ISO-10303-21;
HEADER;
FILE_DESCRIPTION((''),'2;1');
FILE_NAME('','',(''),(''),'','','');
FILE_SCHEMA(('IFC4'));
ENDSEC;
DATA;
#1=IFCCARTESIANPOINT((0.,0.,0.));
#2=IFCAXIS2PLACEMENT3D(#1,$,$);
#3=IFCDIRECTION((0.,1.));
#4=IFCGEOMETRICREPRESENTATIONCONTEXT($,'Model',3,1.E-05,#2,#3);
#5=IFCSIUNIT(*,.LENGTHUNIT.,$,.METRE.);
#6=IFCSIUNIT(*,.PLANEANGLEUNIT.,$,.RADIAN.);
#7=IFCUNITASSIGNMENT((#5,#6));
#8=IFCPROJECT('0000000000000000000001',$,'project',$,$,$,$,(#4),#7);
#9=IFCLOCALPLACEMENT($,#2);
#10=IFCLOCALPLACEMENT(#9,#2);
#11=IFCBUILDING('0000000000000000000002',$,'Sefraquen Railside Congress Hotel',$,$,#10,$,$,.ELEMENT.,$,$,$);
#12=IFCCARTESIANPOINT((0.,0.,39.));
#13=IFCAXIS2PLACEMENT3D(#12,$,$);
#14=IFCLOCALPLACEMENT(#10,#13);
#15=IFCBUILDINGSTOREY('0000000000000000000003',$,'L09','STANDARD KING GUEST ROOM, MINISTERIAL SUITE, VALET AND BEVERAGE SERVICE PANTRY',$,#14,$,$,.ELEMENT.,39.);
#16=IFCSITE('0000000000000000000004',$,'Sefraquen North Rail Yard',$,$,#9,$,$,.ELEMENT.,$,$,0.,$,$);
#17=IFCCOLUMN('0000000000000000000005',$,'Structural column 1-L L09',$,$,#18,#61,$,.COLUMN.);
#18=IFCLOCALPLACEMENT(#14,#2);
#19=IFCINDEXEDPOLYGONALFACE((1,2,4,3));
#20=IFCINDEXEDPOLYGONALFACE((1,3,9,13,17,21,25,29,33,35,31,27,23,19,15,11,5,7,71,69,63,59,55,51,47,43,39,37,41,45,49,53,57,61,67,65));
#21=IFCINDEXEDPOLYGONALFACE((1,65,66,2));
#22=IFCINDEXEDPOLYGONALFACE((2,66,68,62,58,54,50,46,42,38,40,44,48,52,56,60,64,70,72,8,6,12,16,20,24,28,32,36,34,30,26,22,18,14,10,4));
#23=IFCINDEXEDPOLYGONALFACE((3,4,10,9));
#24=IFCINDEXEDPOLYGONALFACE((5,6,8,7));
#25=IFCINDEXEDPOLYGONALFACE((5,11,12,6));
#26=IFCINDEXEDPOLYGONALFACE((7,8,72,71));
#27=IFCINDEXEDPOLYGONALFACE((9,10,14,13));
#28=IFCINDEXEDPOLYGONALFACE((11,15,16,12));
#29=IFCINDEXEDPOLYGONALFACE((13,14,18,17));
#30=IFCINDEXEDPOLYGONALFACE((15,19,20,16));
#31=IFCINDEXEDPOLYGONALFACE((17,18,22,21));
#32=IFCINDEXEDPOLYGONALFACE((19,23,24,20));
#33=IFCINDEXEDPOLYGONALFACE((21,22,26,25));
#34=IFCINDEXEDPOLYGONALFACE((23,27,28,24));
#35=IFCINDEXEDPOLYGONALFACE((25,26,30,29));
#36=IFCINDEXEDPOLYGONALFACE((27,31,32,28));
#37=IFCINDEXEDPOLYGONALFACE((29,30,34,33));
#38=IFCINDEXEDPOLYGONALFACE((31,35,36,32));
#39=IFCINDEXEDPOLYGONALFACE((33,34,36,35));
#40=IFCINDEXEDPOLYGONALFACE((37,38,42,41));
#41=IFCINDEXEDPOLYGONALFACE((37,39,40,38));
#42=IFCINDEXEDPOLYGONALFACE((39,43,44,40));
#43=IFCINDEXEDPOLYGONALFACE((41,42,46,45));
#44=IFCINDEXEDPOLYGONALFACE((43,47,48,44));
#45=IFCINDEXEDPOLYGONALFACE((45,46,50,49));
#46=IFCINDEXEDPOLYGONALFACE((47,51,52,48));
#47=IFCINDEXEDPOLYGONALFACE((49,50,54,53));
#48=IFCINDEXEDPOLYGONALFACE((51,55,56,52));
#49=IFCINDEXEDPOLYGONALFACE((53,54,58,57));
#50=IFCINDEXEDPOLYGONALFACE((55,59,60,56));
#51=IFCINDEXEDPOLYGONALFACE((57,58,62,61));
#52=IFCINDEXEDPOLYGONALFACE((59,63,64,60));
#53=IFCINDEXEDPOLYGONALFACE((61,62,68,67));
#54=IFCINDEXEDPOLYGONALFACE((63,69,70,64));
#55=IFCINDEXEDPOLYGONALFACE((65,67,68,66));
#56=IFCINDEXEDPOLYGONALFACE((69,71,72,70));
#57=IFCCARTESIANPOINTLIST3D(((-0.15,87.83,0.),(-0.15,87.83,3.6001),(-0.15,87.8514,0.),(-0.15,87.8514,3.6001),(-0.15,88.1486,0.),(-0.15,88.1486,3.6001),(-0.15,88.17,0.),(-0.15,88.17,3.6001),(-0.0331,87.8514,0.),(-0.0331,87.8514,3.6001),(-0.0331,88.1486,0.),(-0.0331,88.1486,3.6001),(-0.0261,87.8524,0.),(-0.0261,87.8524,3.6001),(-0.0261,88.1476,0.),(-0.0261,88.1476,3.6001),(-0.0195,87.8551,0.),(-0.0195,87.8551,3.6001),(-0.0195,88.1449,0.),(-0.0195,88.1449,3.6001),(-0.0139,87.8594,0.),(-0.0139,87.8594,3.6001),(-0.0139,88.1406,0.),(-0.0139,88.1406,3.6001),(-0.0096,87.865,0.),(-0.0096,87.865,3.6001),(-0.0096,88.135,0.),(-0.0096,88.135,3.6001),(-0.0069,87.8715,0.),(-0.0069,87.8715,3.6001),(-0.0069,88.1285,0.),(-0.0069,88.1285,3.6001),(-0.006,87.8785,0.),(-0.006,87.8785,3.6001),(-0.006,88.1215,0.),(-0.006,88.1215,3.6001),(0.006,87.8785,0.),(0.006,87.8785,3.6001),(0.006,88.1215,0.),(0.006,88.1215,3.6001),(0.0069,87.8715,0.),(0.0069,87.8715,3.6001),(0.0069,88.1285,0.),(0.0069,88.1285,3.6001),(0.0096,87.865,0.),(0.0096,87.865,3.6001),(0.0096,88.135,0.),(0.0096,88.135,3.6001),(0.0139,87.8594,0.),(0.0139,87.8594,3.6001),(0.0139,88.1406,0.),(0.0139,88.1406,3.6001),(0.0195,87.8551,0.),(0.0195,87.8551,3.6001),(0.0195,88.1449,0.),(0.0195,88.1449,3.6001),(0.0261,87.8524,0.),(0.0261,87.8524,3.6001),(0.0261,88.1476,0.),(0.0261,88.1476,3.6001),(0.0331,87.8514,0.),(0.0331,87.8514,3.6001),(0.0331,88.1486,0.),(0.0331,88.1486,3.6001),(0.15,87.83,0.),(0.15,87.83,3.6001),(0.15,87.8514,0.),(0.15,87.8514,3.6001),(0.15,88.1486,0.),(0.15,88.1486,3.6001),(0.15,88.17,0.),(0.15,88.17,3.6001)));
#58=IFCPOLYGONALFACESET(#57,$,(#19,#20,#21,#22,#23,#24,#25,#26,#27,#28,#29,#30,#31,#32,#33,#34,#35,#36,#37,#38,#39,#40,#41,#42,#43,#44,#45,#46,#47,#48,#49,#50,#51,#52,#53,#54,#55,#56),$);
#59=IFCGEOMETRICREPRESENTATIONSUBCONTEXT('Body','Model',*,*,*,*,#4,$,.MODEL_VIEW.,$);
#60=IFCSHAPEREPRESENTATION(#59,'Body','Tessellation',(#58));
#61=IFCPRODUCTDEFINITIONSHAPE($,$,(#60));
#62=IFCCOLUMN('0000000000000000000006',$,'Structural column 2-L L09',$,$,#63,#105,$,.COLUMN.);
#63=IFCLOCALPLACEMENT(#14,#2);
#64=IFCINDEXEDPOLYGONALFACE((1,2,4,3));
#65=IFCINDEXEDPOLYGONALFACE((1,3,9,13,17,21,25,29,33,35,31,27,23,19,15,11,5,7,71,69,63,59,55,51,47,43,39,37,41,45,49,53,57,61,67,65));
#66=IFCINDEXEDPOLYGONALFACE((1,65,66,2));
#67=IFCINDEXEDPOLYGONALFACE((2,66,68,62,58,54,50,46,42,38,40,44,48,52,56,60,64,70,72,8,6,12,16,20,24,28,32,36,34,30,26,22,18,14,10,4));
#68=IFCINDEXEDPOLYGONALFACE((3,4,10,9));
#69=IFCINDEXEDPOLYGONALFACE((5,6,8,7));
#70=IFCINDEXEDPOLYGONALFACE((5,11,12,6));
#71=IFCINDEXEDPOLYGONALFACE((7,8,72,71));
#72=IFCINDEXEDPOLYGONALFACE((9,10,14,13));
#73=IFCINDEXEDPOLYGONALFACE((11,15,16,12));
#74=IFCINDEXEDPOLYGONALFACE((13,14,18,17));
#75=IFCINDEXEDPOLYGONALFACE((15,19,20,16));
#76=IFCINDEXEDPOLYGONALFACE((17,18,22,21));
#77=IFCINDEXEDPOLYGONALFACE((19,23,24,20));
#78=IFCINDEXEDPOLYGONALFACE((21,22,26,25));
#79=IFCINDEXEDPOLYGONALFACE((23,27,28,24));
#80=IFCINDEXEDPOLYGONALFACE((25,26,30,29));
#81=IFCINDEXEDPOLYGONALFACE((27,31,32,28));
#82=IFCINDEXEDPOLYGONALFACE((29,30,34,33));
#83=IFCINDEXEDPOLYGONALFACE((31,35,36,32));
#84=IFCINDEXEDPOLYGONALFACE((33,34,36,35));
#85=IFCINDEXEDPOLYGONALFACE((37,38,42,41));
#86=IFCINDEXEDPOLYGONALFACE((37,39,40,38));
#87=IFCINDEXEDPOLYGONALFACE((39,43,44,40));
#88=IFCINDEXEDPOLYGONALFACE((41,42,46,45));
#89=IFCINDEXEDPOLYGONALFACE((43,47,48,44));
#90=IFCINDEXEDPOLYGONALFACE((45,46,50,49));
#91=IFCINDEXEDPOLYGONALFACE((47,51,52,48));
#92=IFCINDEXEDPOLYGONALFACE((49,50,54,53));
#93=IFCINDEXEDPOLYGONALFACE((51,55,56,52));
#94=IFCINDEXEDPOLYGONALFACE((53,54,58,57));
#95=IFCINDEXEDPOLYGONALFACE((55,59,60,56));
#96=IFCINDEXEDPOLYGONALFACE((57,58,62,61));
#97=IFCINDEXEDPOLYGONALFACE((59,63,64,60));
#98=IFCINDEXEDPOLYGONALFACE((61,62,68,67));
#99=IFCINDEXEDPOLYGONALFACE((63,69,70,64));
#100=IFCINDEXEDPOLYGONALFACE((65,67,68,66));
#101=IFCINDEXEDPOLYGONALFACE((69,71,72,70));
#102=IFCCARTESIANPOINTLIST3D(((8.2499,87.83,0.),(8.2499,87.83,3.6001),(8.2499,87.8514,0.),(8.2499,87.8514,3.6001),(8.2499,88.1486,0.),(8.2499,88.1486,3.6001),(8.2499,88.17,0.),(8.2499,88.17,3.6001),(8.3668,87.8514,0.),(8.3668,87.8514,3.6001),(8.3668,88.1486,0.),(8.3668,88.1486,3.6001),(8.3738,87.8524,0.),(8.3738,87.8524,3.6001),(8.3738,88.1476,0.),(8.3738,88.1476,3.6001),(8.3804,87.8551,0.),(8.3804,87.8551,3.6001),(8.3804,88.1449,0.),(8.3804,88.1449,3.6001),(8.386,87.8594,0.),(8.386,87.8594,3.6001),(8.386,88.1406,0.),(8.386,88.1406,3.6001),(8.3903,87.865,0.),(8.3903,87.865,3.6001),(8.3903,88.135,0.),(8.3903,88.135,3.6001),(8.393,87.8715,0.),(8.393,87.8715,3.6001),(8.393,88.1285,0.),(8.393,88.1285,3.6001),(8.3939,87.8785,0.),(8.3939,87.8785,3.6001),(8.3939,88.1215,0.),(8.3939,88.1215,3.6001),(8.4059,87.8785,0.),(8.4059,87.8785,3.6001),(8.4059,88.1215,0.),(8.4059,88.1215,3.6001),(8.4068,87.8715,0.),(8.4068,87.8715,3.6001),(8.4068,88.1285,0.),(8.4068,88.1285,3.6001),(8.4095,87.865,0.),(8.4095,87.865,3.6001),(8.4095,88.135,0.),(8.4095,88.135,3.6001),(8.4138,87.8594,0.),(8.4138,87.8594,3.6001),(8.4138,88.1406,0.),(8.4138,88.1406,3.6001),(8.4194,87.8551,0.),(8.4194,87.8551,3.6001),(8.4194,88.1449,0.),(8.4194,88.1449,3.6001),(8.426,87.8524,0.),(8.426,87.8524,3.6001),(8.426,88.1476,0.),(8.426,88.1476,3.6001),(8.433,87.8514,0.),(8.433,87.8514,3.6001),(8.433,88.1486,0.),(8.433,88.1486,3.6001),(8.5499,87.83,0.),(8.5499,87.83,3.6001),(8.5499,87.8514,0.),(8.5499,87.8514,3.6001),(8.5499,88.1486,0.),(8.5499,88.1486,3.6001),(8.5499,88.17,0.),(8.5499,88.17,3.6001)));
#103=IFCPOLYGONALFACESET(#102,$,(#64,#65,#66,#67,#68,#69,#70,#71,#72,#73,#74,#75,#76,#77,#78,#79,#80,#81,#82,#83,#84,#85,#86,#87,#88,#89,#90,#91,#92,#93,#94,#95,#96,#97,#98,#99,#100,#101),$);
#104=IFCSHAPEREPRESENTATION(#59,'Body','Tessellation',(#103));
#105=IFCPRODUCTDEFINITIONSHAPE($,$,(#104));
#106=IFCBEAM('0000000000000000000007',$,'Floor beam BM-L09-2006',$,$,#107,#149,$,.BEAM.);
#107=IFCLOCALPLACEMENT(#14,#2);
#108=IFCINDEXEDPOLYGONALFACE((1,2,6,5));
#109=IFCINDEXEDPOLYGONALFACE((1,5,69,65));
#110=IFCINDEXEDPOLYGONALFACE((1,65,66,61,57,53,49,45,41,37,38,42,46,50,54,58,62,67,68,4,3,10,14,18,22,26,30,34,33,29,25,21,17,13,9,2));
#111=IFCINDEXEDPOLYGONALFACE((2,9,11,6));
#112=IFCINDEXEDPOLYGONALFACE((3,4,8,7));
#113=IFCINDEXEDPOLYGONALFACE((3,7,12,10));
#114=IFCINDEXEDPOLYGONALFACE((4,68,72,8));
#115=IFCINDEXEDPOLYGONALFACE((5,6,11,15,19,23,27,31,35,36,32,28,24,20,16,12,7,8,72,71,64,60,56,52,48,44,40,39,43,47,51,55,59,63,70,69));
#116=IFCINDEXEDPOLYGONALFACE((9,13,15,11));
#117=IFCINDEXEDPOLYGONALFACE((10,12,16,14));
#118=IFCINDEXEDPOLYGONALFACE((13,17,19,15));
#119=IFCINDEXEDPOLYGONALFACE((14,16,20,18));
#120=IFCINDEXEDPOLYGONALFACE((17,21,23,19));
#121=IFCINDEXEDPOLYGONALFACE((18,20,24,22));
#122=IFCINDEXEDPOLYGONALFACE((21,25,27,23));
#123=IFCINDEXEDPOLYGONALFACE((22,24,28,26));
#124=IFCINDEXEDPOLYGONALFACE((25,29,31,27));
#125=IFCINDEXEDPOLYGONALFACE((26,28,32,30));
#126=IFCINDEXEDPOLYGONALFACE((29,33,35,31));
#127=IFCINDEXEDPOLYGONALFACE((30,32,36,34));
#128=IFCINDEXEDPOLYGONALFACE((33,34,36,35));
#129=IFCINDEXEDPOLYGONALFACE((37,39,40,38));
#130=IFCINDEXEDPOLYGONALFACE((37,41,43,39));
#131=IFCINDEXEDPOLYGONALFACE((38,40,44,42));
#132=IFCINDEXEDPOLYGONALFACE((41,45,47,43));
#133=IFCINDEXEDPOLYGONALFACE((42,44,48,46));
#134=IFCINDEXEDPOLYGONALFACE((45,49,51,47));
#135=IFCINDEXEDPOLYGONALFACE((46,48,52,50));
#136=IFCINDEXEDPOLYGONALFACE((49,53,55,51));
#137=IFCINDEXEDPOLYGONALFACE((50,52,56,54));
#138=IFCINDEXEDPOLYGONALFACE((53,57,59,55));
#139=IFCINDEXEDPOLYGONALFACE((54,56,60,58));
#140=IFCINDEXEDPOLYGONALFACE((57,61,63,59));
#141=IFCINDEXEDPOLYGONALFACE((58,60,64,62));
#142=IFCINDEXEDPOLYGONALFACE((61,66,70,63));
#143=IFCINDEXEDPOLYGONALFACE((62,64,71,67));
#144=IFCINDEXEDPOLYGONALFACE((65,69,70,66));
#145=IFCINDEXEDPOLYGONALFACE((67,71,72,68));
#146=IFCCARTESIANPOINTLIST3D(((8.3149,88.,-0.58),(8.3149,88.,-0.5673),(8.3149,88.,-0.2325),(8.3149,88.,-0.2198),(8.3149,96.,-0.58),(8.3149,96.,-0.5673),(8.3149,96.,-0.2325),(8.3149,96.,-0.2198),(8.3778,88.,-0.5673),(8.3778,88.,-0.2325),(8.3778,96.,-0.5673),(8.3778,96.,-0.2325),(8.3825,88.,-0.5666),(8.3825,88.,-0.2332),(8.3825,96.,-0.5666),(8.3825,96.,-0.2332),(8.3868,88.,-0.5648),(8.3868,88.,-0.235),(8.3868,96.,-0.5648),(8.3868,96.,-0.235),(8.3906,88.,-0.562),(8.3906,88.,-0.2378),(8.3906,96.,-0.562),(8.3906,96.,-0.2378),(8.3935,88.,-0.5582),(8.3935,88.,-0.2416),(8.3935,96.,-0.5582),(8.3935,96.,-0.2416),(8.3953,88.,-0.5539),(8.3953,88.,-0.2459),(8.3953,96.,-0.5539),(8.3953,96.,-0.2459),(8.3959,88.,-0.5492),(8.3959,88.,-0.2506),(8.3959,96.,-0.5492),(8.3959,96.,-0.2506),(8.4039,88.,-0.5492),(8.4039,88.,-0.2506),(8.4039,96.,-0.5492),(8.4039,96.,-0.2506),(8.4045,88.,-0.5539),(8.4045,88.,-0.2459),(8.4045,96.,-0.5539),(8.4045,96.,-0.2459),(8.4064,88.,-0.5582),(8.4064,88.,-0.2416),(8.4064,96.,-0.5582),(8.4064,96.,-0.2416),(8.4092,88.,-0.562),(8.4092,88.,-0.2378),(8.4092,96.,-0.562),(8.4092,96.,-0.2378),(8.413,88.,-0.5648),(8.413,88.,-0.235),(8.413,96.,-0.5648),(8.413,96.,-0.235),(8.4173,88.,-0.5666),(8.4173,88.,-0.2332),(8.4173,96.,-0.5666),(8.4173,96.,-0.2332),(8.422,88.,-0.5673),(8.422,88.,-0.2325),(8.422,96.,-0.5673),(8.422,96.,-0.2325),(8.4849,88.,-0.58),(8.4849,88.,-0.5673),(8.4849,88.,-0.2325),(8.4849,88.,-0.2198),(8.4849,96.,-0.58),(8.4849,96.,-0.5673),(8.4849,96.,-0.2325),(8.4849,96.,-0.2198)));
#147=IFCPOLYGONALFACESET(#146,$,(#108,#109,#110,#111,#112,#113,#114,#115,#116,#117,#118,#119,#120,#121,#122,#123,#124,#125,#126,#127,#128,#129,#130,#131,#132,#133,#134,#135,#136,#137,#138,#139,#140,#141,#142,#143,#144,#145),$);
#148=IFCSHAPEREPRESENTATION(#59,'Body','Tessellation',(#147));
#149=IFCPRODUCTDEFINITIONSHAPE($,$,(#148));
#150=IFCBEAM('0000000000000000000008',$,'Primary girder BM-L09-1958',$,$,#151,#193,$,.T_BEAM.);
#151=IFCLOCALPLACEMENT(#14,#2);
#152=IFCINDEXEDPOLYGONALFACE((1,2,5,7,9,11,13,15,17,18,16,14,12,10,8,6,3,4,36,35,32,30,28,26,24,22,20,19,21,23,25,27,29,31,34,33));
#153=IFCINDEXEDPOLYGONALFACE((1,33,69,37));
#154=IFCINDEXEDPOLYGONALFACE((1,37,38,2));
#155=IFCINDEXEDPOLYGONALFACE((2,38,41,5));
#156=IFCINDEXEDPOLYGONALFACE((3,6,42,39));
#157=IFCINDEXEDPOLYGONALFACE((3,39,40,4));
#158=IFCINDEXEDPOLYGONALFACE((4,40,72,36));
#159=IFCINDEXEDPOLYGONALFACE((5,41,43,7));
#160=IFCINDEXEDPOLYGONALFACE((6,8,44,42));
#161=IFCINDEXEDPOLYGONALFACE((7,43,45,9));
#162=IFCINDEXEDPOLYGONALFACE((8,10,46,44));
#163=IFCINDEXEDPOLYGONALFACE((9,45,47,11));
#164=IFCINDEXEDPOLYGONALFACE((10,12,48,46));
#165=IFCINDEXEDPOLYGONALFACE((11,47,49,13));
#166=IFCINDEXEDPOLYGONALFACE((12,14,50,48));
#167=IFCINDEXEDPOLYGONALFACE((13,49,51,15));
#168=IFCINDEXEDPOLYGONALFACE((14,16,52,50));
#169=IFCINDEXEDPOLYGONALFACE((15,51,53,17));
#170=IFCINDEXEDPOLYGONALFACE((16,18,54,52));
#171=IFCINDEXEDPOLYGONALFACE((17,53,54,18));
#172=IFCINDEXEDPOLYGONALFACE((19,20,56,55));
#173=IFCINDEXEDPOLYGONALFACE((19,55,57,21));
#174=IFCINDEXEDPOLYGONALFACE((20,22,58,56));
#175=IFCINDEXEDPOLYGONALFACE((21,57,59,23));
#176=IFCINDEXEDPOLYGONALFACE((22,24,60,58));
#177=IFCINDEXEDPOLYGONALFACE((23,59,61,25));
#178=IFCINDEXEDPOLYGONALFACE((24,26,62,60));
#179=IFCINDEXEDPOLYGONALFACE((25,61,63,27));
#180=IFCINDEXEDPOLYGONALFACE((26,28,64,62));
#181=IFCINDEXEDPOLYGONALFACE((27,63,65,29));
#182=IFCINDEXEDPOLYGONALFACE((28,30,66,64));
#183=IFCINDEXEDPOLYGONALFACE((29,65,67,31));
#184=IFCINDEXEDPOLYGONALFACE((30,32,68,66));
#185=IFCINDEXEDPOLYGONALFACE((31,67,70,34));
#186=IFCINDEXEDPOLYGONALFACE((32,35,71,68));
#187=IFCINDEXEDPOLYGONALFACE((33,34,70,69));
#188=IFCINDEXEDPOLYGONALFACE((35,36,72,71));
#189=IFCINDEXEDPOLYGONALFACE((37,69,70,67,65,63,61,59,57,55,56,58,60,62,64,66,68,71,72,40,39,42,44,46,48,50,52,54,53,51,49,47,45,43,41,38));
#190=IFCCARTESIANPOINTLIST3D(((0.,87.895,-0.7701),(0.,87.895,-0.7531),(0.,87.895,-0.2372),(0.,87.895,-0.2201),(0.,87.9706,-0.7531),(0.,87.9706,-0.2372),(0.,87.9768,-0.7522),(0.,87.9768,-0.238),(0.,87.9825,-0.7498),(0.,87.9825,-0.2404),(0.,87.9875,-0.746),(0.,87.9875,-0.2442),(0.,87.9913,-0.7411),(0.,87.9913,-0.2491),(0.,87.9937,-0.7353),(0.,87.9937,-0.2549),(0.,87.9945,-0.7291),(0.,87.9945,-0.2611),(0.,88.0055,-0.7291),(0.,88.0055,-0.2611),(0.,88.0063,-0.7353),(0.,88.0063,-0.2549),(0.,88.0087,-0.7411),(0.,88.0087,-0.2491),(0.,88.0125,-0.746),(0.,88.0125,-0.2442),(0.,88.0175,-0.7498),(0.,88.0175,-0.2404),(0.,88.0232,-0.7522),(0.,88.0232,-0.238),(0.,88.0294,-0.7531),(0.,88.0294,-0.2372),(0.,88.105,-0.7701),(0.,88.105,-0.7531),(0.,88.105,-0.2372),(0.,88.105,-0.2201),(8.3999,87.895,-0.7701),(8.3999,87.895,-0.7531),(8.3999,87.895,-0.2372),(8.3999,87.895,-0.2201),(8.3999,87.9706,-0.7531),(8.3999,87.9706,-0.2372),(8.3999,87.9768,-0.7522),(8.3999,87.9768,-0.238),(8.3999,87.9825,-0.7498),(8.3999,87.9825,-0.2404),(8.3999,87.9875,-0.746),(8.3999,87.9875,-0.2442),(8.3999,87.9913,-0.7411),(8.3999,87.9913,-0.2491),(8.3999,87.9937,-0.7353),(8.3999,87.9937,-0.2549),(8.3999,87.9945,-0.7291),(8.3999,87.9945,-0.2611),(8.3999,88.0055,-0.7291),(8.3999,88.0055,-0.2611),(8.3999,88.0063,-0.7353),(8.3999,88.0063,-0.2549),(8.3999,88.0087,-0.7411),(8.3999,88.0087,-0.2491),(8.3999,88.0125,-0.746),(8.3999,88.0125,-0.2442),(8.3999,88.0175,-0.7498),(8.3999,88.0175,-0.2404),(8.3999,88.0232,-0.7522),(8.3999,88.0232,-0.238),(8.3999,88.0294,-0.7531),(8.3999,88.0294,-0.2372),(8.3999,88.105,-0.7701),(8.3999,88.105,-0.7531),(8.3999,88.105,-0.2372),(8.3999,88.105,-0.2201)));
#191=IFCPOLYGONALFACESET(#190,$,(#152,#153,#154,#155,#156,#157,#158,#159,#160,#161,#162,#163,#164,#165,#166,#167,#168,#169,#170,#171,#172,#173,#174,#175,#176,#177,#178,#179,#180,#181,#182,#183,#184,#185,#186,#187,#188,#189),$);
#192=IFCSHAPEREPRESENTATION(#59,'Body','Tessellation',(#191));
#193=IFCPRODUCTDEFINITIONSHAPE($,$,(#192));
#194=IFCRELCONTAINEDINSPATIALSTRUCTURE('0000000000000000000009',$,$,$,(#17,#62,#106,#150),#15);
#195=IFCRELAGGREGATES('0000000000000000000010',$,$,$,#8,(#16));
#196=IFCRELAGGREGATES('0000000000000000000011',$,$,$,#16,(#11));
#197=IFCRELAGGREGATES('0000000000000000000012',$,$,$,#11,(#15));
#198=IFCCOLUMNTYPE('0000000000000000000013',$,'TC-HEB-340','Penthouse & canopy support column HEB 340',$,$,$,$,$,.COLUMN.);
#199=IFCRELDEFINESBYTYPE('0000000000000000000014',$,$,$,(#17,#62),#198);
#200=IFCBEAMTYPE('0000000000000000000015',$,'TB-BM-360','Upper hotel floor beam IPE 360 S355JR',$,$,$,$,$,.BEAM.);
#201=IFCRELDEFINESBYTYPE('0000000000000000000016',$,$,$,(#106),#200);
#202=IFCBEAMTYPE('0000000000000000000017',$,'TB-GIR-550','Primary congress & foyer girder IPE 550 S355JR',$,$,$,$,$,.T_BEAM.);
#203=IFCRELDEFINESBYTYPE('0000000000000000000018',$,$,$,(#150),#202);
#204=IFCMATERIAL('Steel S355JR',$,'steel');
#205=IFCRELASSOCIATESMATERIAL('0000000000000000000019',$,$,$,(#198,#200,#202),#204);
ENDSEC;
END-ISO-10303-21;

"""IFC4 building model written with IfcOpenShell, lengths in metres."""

from ifc_helpers import new_model, si_unit, direction, frame, origin, origin_2d, place, context, subcontext, project, spatial, i_section, extrude, material, material_profile, profile_set, type_object, element, save


model = new_model("IFC4")

# Units and contexts
model_context = context("Model", 3, precision=1e-05, world=origin(), true_north=direction((0.0, 1.0)))
body_context = subcontext(model_context, "Body", "Model", "MODEL_VIEW")
ifc_project = project(units=[si_unit("LENGTHUNIT", "METRE"), si_unit("PLANEANGLEUNIT", "RADIAN")], contexts=[model_context])

# Site, building, storey
site_placement = place(None, origin())
site = spatial("IfcSite", under=ifc_project, at=site_placement, Name="Sefraquen North Rail Yard", CompositionType="ELEMENT", RefElevation=0.0)
building_placement = place(site_placement, origin())
building = spatial("IfcBuilding", under=site, at=building_placement, Name="Sefraquen Railside Congress Hotel", CompositionType="ELEMENT")
storey_placement = place(building_placement, frame((0.0, 0.0, 39.0)))
storey = spatial("IfcBuildingStorey", under=building, at=storey_placement, Name="L09", Description="STANDARD KING GUEST ROOM, MINISTERIAL SUITE, VALET AND BEVERAGE SERVICE PANTRY", CompositionType="ELEMENT", Elevation=39.0)

# Columns
ifc_material_1 = material(Name="Steel S355JR", Category="steel")
ifc_material_profile_1 = material_profile(ifc_material_1, i_section(OverallWidth=0.3, OverallDepth=0.3401, WebThickness=0.012, FlangeThickness=0.0215, FilletRadius=0.0271, at=origin_2d()), Name="HEB 340")
ifc_profile_set_1 = profile_set([ifc_material_profile_1], Name="Steel S355JR")
column_type = type_object("IfcColumnType", Name="TC-HEB-340", Description="Penthouse & canopy support column HEB 340", PredefinedType="COLUMN", material=ifc_profile_set_1)
for number, where, z_axis, x_axis, name in (
    (1, (0.0, 88.0, 0.0), (0.0, 0.0, 1.0), (1.0, 0.0, 0.0), "Structural column 1-L L09"),
    (2, (8.3999, 88.0, 0.0), (0.0, 0.0, 1.0), (1.0, 0.0, 0.0), "Structural column 2-L L09"),
):
    element("IfcColumn", number, at=place(storey_placement, frame(where, z_axis=z_axis, x_axis=x_axis)), inside=storey, type_object=column_type, Name=name, PredefinedType="COLUMN", context=body_context, shape_type="SweptSolid", body=[
        extrude(i_section(OverallWidth=0.3, OverallDepth=0.3401, WebThickness=0.012, FlangeThickness=0.0215, FilletRadius=0.0271, at=origin_2d()), origin(), (0.0, 0.0, 1.0), 3.6001),
    ])

# Beams
ifc_material_profile_2 = material_profile(ifc_material_1, i_section(OverallWidth=0.1699, OverallDepth=0.3601, WebThickness=0.0081, FlangeThickness=0.0127, FilletRadius=0.0181, at=origin_2d()), Name="IPE 360")
ifc_profile_set_2 = profile_set([ifc_material_profile_2], Name="Steel S355JR")
beam_type_1 = type_object("IfcBeamType", Name="TB-BM-360", Description="Upper hotel floor beam IPE 360 S355JR", PredefinedType="BEAM", material=ifc_profile_set_2)
beam_1_placement = place(storey_placement, frame((8.3999, 88.0, -0.3999), z_axis=(0.0, 1.0, 0.0), x_axis=(-1.0, 0.0, 0.0)))
element("IfcBeam", 3, at=beam_1_placement, inside=storey, type_object=beam_type_1, Name="Floor beam BM-L09-2006", PredefinedType="BEAM", context=body_context, shape_type="SweptSolid", body=[
    extrude(i_section(OverallWidth=0.1699, OverallDepth=0.3601, WebThickness=0.0081, FlangeThickness=0.0127, FilletRadius=0.0181, at=origin_2d()), origin(), (0.0, 0.0, 1.0), 8.0),
])
ifc_material_profile_3 = material_profile(ifc_material_1, i_section(OverallWidth=0.21, OverallDepth=0.55, WebThickness=0.011, FlangeThickness=0.0171, FilletRadius=0.0239, at=origin_2d()), Name="IPE 550")
ifc_profile_set_3 = profile_set([ifc_material_profile_3], Name="Steel S355JR")
beam_type_2 = type_object("IfcBeamType", Name="TB-GIR-550", Description="Primary congress & foyer girder IPE 550 S355JR", PredefinedType="T_BEAM", material=ifc_profile_set_3)
beam_2_placement = place(storey_placement, frame((0.0, 88.0, -0.4951), z_axis=(1.0, 0.0, 0.0), x_axis=(0.0, 1.0, 0.0)))
element("IfcBeam", 4, at=beam_2_placement, inside=storey, type_object=beam_type_2, Name="Primary girder BM-L09-1958", PredefinedType="T_BEAM", context=body_context, shape_type="SweptSolid", body=[
    extrude(i_section(OverallWidth=0.21, OverallDepth=0.55, WebThickness=0.011, FlangeThickness=0.0171, FilletRadius=0.0239, at=origin_2d()), origin(), (0.0, 0.0, 1.0), 8.3999),
])

save(model, "model.ifc")
